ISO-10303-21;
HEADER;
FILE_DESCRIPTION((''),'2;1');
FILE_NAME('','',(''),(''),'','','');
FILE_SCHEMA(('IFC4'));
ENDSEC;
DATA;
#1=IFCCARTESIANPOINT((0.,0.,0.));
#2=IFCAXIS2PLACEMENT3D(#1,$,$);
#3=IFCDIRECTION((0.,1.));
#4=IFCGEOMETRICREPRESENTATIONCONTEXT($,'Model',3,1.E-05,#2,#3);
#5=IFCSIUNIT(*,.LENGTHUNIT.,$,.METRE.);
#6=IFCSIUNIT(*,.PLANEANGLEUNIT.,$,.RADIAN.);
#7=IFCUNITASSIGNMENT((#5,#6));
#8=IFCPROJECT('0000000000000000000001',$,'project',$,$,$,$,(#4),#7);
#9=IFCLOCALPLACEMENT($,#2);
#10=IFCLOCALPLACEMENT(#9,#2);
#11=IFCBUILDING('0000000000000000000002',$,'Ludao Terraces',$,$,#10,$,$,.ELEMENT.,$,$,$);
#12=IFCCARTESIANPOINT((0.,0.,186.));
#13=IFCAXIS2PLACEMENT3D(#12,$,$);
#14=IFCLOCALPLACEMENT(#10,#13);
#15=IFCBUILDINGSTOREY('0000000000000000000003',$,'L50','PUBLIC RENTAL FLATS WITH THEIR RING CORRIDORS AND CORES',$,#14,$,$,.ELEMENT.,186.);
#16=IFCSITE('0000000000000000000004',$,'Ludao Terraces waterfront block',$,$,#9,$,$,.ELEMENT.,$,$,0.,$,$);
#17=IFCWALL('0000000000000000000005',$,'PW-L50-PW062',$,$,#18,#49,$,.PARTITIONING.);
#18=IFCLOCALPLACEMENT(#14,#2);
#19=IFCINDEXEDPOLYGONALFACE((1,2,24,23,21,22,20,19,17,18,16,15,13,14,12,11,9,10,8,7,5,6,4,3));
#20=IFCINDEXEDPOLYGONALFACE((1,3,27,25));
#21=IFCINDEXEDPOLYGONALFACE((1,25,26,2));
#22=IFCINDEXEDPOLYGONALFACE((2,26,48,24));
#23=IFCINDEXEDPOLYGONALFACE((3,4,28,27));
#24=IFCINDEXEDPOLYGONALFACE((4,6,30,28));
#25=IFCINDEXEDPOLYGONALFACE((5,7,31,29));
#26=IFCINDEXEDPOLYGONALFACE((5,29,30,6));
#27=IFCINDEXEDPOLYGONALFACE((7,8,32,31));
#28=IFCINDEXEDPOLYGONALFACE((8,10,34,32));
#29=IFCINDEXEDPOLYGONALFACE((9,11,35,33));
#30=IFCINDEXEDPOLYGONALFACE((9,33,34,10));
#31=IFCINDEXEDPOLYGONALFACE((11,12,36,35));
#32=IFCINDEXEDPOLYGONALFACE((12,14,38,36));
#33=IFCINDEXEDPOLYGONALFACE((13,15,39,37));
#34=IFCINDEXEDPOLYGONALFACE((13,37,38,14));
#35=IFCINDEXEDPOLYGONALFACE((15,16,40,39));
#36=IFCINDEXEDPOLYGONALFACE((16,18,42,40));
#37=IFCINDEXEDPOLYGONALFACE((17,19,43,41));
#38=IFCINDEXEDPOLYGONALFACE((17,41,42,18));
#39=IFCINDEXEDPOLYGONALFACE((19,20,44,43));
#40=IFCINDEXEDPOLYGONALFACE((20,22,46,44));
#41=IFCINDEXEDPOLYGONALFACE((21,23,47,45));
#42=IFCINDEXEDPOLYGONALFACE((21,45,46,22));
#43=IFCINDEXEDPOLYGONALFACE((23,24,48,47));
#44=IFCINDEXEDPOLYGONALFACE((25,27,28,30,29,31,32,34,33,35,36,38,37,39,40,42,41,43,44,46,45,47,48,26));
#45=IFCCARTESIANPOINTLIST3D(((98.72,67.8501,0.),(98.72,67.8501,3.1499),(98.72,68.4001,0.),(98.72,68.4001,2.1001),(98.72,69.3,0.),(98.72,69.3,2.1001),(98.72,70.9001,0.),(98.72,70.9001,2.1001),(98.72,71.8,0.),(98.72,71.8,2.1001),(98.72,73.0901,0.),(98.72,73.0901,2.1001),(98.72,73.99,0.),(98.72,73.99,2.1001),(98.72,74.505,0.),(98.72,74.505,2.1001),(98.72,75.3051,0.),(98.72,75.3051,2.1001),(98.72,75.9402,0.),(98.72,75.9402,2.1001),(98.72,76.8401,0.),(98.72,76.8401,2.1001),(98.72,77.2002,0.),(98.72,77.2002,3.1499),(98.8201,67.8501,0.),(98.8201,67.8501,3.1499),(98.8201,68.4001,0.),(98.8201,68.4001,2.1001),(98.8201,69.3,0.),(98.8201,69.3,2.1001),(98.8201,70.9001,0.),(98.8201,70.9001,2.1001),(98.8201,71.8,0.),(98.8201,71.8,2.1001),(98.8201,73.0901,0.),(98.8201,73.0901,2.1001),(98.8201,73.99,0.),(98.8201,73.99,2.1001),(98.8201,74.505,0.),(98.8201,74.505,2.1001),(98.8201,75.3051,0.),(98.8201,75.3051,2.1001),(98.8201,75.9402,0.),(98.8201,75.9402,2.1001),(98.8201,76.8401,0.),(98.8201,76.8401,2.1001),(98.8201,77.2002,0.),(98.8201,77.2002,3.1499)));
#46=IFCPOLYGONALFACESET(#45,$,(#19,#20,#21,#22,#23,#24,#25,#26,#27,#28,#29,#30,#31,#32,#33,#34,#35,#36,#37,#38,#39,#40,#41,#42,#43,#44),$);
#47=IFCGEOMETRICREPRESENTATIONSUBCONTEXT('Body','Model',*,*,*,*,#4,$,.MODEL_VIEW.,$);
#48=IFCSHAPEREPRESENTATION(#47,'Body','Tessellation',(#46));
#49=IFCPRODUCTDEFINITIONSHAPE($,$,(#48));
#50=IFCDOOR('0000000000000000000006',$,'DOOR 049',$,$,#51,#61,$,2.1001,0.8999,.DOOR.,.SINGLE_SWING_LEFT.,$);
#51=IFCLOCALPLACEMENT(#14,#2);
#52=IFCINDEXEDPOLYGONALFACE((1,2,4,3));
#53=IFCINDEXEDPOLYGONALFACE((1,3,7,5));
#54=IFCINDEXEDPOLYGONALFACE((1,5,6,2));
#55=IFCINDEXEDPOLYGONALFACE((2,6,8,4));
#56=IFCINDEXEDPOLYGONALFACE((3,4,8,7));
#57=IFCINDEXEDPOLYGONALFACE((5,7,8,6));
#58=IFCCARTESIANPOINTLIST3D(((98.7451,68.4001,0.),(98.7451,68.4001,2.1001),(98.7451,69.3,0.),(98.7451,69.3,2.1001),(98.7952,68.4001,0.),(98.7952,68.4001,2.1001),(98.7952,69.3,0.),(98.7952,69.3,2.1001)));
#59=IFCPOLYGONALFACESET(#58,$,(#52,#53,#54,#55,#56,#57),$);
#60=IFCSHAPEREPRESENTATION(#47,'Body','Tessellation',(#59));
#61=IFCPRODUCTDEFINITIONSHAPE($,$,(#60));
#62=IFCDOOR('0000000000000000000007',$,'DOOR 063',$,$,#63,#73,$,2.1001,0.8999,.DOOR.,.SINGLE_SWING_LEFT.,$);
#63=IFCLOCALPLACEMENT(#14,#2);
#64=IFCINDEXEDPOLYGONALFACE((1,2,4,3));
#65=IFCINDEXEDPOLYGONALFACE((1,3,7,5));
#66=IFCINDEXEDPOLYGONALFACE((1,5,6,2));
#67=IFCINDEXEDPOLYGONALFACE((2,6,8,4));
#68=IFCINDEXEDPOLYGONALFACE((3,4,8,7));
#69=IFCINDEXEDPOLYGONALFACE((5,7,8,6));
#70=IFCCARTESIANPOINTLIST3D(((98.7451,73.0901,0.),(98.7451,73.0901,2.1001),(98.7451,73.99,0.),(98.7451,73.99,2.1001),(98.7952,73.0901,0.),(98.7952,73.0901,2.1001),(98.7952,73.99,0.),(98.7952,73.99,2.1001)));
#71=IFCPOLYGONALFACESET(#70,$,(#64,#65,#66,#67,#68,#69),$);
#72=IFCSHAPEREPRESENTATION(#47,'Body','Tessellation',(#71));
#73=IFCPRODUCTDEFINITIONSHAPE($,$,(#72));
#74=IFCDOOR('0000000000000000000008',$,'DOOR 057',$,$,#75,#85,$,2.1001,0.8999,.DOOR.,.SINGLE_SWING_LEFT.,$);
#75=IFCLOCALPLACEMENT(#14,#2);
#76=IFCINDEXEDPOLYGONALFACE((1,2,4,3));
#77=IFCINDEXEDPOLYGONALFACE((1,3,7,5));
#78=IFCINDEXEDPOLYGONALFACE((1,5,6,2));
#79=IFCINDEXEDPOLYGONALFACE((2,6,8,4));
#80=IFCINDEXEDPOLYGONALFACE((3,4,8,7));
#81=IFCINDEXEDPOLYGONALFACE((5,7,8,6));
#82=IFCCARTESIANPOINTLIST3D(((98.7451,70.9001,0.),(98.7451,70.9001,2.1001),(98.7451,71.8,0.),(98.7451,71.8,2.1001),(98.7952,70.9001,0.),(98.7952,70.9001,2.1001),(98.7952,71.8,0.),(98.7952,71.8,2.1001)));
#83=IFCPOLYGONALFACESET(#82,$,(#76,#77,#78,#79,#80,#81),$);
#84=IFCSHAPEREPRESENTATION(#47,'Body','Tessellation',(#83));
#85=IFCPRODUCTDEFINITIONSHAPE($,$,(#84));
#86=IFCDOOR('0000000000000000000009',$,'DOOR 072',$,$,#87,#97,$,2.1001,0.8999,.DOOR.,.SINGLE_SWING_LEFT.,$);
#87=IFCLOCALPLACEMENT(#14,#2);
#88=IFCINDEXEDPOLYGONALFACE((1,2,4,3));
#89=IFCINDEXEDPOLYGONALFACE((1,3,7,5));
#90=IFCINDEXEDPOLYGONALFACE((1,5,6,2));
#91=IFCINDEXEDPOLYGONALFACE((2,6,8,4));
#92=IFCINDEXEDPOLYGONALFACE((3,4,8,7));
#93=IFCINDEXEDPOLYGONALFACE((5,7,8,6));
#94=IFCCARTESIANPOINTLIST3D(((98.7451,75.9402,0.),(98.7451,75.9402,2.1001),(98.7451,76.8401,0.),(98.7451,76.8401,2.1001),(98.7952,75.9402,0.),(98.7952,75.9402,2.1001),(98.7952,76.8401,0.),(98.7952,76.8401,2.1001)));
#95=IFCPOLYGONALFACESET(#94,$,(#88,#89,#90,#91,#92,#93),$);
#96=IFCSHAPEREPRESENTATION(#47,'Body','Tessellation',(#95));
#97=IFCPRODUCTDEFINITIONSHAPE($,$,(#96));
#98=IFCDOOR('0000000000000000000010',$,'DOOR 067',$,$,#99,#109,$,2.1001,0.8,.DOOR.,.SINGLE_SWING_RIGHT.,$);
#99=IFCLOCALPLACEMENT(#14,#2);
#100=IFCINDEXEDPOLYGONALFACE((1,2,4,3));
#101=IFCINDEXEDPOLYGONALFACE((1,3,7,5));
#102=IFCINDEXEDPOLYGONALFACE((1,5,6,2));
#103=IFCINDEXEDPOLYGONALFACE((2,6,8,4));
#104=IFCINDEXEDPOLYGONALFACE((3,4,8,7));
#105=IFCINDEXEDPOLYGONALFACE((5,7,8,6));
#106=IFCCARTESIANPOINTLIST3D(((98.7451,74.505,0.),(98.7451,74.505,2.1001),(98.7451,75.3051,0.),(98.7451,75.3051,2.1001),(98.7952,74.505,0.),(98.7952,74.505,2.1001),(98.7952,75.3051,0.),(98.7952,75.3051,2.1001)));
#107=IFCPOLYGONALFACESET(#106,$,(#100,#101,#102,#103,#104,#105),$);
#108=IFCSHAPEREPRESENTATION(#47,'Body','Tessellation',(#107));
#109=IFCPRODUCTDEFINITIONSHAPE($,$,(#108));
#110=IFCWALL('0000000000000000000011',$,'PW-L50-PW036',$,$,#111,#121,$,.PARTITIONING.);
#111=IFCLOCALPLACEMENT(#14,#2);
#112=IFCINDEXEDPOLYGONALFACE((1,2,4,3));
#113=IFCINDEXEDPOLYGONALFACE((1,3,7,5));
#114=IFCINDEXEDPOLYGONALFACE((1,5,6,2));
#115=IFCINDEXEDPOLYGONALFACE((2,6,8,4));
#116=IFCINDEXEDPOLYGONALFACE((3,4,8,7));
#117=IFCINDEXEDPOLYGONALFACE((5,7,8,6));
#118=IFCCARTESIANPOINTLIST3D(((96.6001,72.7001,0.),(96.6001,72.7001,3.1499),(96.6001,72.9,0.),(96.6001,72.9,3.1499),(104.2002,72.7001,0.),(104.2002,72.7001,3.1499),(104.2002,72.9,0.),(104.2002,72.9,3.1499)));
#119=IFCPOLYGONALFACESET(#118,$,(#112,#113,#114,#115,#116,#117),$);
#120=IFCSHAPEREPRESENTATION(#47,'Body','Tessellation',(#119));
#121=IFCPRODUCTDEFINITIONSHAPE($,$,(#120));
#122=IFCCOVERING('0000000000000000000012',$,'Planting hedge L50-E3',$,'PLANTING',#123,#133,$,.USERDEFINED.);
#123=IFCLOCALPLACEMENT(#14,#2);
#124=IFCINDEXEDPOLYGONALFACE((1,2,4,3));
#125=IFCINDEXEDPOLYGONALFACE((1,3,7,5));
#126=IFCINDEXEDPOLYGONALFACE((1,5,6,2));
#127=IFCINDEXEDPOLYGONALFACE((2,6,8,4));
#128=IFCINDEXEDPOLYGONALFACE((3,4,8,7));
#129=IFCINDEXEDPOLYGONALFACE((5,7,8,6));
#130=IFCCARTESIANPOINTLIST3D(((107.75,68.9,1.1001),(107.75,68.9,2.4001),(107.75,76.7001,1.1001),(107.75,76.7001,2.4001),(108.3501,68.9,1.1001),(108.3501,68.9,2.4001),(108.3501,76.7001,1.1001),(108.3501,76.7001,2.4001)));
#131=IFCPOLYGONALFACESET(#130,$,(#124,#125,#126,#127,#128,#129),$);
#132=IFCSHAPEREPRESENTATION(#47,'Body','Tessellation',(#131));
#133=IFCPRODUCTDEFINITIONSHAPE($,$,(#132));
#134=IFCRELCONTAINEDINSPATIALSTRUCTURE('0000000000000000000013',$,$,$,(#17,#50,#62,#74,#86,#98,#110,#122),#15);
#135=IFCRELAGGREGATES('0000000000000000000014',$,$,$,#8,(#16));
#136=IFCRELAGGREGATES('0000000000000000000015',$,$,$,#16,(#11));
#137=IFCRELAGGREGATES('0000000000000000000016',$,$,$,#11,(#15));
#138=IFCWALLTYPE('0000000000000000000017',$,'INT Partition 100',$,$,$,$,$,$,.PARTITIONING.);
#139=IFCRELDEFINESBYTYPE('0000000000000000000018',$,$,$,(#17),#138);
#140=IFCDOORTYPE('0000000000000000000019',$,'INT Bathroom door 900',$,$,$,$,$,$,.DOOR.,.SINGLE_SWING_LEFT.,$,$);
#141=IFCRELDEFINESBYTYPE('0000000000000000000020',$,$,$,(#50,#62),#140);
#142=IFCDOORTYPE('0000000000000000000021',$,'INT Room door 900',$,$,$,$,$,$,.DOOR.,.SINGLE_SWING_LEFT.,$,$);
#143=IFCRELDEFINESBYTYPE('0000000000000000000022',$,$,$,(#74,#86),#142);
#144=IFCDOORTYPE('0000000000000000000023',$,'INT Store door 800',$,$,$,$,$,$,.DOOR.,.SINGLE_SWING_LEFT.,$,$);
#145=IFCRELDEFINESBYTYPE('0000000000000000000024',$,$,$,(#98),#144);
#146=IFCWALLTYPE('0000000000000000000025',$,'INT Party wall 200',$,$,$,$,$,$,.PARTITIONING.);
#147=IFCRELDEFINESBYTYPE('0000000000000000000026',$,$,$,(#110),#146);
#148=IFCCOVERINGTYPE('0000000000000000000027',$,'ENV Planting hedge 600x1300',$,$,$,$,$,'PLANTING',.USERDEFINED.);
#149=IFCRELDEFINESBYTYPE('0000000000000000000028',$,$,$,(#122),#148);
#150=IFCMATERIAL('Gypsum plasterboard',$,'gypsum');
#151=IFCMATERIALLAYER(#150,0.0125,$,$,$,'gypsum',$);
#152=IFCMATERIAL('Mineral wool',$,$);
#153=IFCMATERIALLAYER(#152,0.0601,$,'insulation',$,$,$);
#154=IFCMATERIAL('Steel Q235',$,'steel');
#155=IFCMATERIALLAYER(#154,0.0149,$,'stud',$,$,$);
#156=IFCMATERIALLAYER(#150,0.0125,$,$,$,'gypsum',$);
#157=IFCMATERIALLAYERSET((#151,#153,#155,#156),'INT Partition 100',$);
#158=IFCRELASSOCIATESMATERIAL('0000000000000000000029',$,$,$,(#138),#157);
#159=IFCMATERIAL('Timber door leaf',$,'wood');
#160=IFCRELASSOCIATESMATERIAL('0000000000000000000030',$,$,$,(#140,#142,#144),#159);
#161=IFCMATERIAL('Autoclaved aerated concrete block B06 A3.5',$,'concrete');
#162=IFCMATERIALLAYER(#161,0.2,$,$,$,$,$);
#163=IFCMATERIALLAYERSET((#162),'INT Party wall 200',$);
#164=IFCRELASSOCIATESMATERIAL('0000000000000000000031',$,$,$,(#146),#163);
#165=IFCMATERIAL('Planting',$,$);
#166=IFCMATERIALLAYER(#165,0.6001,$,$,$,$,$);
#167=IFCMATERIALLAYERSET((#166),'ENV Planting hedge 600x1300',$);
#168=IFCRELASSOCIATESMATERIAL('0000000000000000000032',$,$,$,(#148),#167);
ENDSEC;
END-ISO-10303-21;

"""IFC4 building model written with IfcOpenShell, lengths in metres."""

from ifc_helpers import new_model, si_unit, direction, frame, frame_2d, origin, origin_2d, place, context, subcontext, project, spatial, rectangle, extrude, material, layer, layer_set, type_object, element, fill, save


model = new_model("IFC4")

# Units and contexts
model_context = context("Model", 3, precision=1e-05, world=origin(), true_north=direction((0.0, 1.0)))
body_context = subcontext(model_context, "Body", "Model", "MODEL_VIEW")
ifc_project = project(units=[si_unit("LENGTHUNIT", "METRE"), si_unit("PLANEANGLEUNIT", "RADIAN")], contexts=[model_context])

# Site, building, storey
site_placement = place(None, origin())
site = spatial("IfcSite", under=ifc_project, at=site_placement, Name="Ludao Terraces waterfront block", CompositionType="ELEMENT", RefElevation=0.0)
building_placement = place(site_placement, origin())
building = spatial("IfcBuilding", under=site, at=building_placement, Name="Ludao Terraces", CompositionType="ELEMENT")
storey_placement = place(building_placement, frame((0.0, 0.0, 186.0)))
storey = spatial("IfcBuildingStorey", under=building, at=storey_placement, Name="L50", Description="PUBLIC RENTAL FLATS WITH THEIR RING CORRIDORS AND CORES", CompositionType="ELEMENT", Elevation=186.0)

# Shared definitions
ifc_material_1 = material(Name="Mineral wool")

# Shared definitions
ifc_material_2 = material(Name="Gypsum plasterboard", Category="gypsum")
ifc_layer_1 = layer(ifc_material_2, 0.0125, Category="gypsum")
ifc_layer_2 = layer(ifc_material_1, 0.0601, Name="insulation")
ifc_material_3 = material(Name="Steel Q235", Category="steel")
ifc_layer_3 = layer(ifc_material_3, 0.0149, Name="stud")
ifc_layer_4 = layer(ifc_material_2, 0.0125, Category="gypsum")
ifc_layer_set_1 = layer_set([ifc_layer_1, ifc_layer_2, ifc_layer_3, ifc_layer_4], Name="INT Partition 100")
wall_type_1 = type_object("IfcWallType", Name="INT Partition 100", PredefinedType="PARTITIONING", material=ifc_layer_set_1)

# Wall, openings, doors
wall_1_placement = place(storey_placement, frame((98.77, 67.8501, 0.0), z_axis=(0.0, 0.0, 1.0), x_axis=(0.0, 1.0, 0.0)))
wall_1 = element("IfcWall", 1, at=wall_1_placement, inside=storey, type_object=wall_type_1, Name="PW-L50-PW062", PredefinedType="PARTITIONING", context=body_context, shape_type="SweptSolid", body=[
    extrude(rectangle(XDim=9.3501, YDim=0.1001, at=frame_2d((4.675, 0.0))), origin(), (0.0, 0.0, 1.0), 3.1499),
])
opening_1_placement = place(wall_1_placement, frame((0.55, 0.0, 0.0)))
opening_1 = element("IfcOpeningElement", 2, at=opening_1_placement, cuts=wall_1, PredefinedType="OPENING", context=body_context, shape_type="SweptSolid", body=[
    extrude(rectangle(XDim=0.8999, YDim=2.1001, at=frame_2d((0.45, 1.05))), frame((0.0, 0.0601, 0.0), z_axis=(0.0, -1.0, 0.0), x_axis=(1.0, 0.0, 0.0)), (0.0, 0.0, 1.0), 0.1201),
])
opening_2_placement = place(wall_1_placement, frame((3.05, 0.0, 0.0)))
opening_2 = element("IfcOpeningElement", 3, at=opening_2_placement, cuts=wall_1, PredefinedType="OPENING", context=body_context, shape_type="SweptSolid", body=[
    extrude(rectangle(XDim=0.8999, YDim=2.1001, at=frame_2d((0.45, 1.05))), frame((0.0, 0.0601, 0.0), z_axis=(0.0, -1.0, 0.0), x_axis=(1.0, 0.0, 0.0)), (0.0, 0.0, 1.0), 0.1201),
])
opening_3_placement = place(wall_1_placement, frame((5.24, 0.0, 0.0)))
opening_3 = element("IfcOpeningElement", 4, at=opening_3_placement, cuts=wall_1, PredefinedType="OPENING", context=body_context, shape_type="SweptSolid", body=[
    extrude(rectangle(XDim=0.8999, YDim=2.1001, at=frame_2d((0.45, 1.05))), frame((0.0, 0.0601, 0.0), z_axis=(0.0, -1.0, 0.0), x_axis=(1.0, 0.0, 0.0)), (0.0, 0.0, 1.0), 0.1201),
])
opening_4_placement = place(wall_1_placement, frame((6.655, 0.0, 0.0)))
opening_4 = element("IfcOpeningElement", 5, at=opening_4_placement, cuts=wall_1, PredefinedType="OPENING", context=body_context, shape_type="SweptSolid", body=[
    extrude(rectangle(XDim=0.8, YDim=2.1001, at=frame_2d((0.3999, 1.05))), frame((0.0, 0.0601, 0.0), z_axis=(0.0, -1.0, 0.0), x_axis=(1.0, 0.0, 0.0)), (0.0, 0.0, 1.0), 0.1201),
])
opening_5_placement = place(wall_1_placement, frame((8.0901, 0.0, 0.0)))
opening_5 = element("IfcOpeningElement", 6, at=opening_5_placement, cuts=wall_1, PredefinedType="OPENING", context=body_context, shape_type="SweptSolid", body=[
    extrude(rectangle(XDim=0.8999, YDim=2.1001, at=frame_2d((0.45, 1.05))), frame((0.0, 0.0601, 0.0), z_axis=(0.0, -1.0, 0.0), x_axis=(1.0, 0.0, 0.0)), (0.0, 0.0, 1.0), 0.1201),
])
ifc_material_4 = material(Name="Timber door leaf", Category="wood")
door_type_1 = type_object("IfcDoorType", Name="INT Bathroom door 900", OperationType="SINGLE_SWING_LEFT", PredefinedType="DOOR", material=ifc_material_4)
door_1_placement = place(opening_1_placement, origin())
door_1 = element("IfcDoor", 7, at=door_1_placement, inside=storey, type_object=door_type_1, Name="DOOR 049", OperationType="SINGLE_SWING_LEFT", OverallHeight=2.1001, OverallWidth=0.8999, PredefinedType="DOOR", context=body_context, shape_type="SweptSolid", body=[
    extrude(rectangle(XDim=0.8999, YDim=2.1001, at=frame_2d((0.45, 1.05))), frame((0.0, 0.0249, 0.0), z_axis=(0.0, -1.0, 0.0), x_axis=(1.0, 0.0, 0.0)), (0.0, 0.0, 1.0), 0.05),
])
fill(opening_1, door_1)
door_2_placement = place(opening_3_placement, origin())
door_2 = element("IfcDoor", 8, at=door_2_placement, inside=storey, type_object=door_type_1, Name="DOOR 063", OperationType="SINGLE_SWING_LEFT", OverallHeight=2.1001, OverallWidth=0.8999, PredefinedType="DOOR", context=body_context, shape_type="SweptSolid", body=[
    extrude(rectangle(XDim=0.8999, YDim=2.1001, at=frame_2d((0.45, 1.05))), frame((0.0, 0.0249, 0.0), z_axis=(0.0, -1.0, 0.0), x_axis=(1.0, 0.0, 0.0)), (0.0, 0.0, 1.0), 0.05),
])
fill(opening_3, door_2)
door_type_2 = type_object("IfcDoorType", Name="INT Room door 900", OperationType="SINGLE_SWING_LEFT", PredefinedType="DOOR", material=ifc_material_4)
door_3_placement = place(opening_2_placement, origin())
door_3 = element("IfcDoor", 9, at=door_3_placement, inside=storey, type_object=door_type_2, Name="DOOR 057", OperationType="SINGLE_SWING_LEFT", OverallHeight=2.1001, OverallWidth=0.8999, PredefinedType="DOOR", context=body_context, shape_type="SweptSolid", body=[
    extrude(rectangle(XDim=0.8999, YDim=2.1001, at=frame_2d((0.45, 1.05))), frame((0.0, 0.0249, 0.0), z_axis=(0.0, -1.0, 0.0), x_axis=(1.0, 0.0, 0.0)), (0.0, 0.0, 1.0), 0.05),
])
fill(opening_2, door_3)
door_4_placement = place(opening_5_placement, origin())
door_4 = element("IfcDoor", 10, at=door_4_placement, inside=storey, type_object=door_type_2, Name="DOOR 072", OperationType="SINGLE_SWING_LEFT", OverallHeight=2.1001, OverallWidth=0.8999, PredefinedType="DOOR", context=body_context, shape_type="SweptSolid", body=[
    extrude(rectangle(XDim=0.8999, YDim=2.1001, at=frame_2d((0.45, 1.05))), frame((0.0, 0.0249, 0.0), z_axis=(0.0, -1.0, 0.0), x_axis=(1.0, 0.0, 0.0)), (0.0, 0.0, 1.0), 0.05),
])
fill(opening_5, door_4)
door_type_3 = type_object("IfcDoorType", Name="INT Store door 800", OperationType="SINGLE_SWING_LEFT", PredefinedType="DOOR", material=ifc_material_4)
door_5_placement = place(opening_4_placement, origin())
door_5 = element("IfcDoor", 11, at=door_5_placement, inside=storey, type_object=door_type_3, Name="DOOR 067", OperationType="SINGLE_SWING_RIGHT", OverallHeight=2.1001, OverallWidth=0.8, PredefinedType="DOOR", context=body_context, shape_type="SweptSolid", body=[
    extrude(rectangle(XDim=0.8, YDim=2.1001, at=frame_2d((0.3999, 1.05))), frame((0.0, 0.0249, 0.0), z_axis=(0.0, -1.0, 0.0), x_axis=(1.0, 0.0, 0.0)), (0.0, 0.0, 1.0), 0.05),
])
fill(opening_4, door_5)

# Wall
ifc_material_5 = material(Name="Autoclaved aerated concrete block B06 A3.5", Category="concrete")
ifc_layer_5 = layer(ifc_material_5, 0.2)
ifc_layer_set_2 = layer_set([ifc_layer_5], Name="INT Party wall 200")
wall_type_2 = type_object("IfcWallType", Name="INT Party wall 200", PredefinedType="PARTITIONING", material=ifc_layer_set_2)
wall_2_placement = place(storey_placement, frame((96.6001, 72.8, 0.0), z_axis=(0.0, 0.0, 1.0), x_axis=(1.0, 0.0, 0.0)))
element("IfcWall", 12, at=wall_2_placement, inside=storey, type_object=wall_type_2, Name="PW-L50-PW036", PredefinedType="PARTITIONING", context=body_context, shape_type="SweptSolid", body=[
    extrude(rectangle(XDim=7.6001, YDim=0.2, at=frame_2d((3.8, 0.0))), origin(), (0.0, 0.0, 1.0), 3.1499),
])

# Covering
ifc_material_6 = material(Name="Planting")
ifc_layer_6 = layer(ifc_material_6, 0.6001)
ifc_layer_set_3 = layer_set([ifc_layer_6], Name="ENV Planting hedge 600x1300")
covering_type = type_object("IfcCoveringType", Name="ENV Planting hedge 600x1300", ElementType="PLANTING", PredefinedType="USERDEFINED", material=ifc_layer_set_3)
covering_placement = place(storey_placement, frame((108.05, 72.8, 1.1001), z_axis=(0.0, 0.0, 1.0), x_axis=(1.0, 0.0, 0.0)))
element("IfcCovering", 13, at=covering_placement, inside=storey, type_object=covering_type, Name="Planting hedge L50-E3", ObjectType="PLANTING", PredefinedType="USERDEFINED", context=body_context, shape_type="SweptSolid", body=[
    extrude(rectangle(XDim=0.6001, YDim=7.8, at=origin_2d()), origin(), (0.0, 0.0, 1.0), 1.3),
])

save(model, "model.ifc")
